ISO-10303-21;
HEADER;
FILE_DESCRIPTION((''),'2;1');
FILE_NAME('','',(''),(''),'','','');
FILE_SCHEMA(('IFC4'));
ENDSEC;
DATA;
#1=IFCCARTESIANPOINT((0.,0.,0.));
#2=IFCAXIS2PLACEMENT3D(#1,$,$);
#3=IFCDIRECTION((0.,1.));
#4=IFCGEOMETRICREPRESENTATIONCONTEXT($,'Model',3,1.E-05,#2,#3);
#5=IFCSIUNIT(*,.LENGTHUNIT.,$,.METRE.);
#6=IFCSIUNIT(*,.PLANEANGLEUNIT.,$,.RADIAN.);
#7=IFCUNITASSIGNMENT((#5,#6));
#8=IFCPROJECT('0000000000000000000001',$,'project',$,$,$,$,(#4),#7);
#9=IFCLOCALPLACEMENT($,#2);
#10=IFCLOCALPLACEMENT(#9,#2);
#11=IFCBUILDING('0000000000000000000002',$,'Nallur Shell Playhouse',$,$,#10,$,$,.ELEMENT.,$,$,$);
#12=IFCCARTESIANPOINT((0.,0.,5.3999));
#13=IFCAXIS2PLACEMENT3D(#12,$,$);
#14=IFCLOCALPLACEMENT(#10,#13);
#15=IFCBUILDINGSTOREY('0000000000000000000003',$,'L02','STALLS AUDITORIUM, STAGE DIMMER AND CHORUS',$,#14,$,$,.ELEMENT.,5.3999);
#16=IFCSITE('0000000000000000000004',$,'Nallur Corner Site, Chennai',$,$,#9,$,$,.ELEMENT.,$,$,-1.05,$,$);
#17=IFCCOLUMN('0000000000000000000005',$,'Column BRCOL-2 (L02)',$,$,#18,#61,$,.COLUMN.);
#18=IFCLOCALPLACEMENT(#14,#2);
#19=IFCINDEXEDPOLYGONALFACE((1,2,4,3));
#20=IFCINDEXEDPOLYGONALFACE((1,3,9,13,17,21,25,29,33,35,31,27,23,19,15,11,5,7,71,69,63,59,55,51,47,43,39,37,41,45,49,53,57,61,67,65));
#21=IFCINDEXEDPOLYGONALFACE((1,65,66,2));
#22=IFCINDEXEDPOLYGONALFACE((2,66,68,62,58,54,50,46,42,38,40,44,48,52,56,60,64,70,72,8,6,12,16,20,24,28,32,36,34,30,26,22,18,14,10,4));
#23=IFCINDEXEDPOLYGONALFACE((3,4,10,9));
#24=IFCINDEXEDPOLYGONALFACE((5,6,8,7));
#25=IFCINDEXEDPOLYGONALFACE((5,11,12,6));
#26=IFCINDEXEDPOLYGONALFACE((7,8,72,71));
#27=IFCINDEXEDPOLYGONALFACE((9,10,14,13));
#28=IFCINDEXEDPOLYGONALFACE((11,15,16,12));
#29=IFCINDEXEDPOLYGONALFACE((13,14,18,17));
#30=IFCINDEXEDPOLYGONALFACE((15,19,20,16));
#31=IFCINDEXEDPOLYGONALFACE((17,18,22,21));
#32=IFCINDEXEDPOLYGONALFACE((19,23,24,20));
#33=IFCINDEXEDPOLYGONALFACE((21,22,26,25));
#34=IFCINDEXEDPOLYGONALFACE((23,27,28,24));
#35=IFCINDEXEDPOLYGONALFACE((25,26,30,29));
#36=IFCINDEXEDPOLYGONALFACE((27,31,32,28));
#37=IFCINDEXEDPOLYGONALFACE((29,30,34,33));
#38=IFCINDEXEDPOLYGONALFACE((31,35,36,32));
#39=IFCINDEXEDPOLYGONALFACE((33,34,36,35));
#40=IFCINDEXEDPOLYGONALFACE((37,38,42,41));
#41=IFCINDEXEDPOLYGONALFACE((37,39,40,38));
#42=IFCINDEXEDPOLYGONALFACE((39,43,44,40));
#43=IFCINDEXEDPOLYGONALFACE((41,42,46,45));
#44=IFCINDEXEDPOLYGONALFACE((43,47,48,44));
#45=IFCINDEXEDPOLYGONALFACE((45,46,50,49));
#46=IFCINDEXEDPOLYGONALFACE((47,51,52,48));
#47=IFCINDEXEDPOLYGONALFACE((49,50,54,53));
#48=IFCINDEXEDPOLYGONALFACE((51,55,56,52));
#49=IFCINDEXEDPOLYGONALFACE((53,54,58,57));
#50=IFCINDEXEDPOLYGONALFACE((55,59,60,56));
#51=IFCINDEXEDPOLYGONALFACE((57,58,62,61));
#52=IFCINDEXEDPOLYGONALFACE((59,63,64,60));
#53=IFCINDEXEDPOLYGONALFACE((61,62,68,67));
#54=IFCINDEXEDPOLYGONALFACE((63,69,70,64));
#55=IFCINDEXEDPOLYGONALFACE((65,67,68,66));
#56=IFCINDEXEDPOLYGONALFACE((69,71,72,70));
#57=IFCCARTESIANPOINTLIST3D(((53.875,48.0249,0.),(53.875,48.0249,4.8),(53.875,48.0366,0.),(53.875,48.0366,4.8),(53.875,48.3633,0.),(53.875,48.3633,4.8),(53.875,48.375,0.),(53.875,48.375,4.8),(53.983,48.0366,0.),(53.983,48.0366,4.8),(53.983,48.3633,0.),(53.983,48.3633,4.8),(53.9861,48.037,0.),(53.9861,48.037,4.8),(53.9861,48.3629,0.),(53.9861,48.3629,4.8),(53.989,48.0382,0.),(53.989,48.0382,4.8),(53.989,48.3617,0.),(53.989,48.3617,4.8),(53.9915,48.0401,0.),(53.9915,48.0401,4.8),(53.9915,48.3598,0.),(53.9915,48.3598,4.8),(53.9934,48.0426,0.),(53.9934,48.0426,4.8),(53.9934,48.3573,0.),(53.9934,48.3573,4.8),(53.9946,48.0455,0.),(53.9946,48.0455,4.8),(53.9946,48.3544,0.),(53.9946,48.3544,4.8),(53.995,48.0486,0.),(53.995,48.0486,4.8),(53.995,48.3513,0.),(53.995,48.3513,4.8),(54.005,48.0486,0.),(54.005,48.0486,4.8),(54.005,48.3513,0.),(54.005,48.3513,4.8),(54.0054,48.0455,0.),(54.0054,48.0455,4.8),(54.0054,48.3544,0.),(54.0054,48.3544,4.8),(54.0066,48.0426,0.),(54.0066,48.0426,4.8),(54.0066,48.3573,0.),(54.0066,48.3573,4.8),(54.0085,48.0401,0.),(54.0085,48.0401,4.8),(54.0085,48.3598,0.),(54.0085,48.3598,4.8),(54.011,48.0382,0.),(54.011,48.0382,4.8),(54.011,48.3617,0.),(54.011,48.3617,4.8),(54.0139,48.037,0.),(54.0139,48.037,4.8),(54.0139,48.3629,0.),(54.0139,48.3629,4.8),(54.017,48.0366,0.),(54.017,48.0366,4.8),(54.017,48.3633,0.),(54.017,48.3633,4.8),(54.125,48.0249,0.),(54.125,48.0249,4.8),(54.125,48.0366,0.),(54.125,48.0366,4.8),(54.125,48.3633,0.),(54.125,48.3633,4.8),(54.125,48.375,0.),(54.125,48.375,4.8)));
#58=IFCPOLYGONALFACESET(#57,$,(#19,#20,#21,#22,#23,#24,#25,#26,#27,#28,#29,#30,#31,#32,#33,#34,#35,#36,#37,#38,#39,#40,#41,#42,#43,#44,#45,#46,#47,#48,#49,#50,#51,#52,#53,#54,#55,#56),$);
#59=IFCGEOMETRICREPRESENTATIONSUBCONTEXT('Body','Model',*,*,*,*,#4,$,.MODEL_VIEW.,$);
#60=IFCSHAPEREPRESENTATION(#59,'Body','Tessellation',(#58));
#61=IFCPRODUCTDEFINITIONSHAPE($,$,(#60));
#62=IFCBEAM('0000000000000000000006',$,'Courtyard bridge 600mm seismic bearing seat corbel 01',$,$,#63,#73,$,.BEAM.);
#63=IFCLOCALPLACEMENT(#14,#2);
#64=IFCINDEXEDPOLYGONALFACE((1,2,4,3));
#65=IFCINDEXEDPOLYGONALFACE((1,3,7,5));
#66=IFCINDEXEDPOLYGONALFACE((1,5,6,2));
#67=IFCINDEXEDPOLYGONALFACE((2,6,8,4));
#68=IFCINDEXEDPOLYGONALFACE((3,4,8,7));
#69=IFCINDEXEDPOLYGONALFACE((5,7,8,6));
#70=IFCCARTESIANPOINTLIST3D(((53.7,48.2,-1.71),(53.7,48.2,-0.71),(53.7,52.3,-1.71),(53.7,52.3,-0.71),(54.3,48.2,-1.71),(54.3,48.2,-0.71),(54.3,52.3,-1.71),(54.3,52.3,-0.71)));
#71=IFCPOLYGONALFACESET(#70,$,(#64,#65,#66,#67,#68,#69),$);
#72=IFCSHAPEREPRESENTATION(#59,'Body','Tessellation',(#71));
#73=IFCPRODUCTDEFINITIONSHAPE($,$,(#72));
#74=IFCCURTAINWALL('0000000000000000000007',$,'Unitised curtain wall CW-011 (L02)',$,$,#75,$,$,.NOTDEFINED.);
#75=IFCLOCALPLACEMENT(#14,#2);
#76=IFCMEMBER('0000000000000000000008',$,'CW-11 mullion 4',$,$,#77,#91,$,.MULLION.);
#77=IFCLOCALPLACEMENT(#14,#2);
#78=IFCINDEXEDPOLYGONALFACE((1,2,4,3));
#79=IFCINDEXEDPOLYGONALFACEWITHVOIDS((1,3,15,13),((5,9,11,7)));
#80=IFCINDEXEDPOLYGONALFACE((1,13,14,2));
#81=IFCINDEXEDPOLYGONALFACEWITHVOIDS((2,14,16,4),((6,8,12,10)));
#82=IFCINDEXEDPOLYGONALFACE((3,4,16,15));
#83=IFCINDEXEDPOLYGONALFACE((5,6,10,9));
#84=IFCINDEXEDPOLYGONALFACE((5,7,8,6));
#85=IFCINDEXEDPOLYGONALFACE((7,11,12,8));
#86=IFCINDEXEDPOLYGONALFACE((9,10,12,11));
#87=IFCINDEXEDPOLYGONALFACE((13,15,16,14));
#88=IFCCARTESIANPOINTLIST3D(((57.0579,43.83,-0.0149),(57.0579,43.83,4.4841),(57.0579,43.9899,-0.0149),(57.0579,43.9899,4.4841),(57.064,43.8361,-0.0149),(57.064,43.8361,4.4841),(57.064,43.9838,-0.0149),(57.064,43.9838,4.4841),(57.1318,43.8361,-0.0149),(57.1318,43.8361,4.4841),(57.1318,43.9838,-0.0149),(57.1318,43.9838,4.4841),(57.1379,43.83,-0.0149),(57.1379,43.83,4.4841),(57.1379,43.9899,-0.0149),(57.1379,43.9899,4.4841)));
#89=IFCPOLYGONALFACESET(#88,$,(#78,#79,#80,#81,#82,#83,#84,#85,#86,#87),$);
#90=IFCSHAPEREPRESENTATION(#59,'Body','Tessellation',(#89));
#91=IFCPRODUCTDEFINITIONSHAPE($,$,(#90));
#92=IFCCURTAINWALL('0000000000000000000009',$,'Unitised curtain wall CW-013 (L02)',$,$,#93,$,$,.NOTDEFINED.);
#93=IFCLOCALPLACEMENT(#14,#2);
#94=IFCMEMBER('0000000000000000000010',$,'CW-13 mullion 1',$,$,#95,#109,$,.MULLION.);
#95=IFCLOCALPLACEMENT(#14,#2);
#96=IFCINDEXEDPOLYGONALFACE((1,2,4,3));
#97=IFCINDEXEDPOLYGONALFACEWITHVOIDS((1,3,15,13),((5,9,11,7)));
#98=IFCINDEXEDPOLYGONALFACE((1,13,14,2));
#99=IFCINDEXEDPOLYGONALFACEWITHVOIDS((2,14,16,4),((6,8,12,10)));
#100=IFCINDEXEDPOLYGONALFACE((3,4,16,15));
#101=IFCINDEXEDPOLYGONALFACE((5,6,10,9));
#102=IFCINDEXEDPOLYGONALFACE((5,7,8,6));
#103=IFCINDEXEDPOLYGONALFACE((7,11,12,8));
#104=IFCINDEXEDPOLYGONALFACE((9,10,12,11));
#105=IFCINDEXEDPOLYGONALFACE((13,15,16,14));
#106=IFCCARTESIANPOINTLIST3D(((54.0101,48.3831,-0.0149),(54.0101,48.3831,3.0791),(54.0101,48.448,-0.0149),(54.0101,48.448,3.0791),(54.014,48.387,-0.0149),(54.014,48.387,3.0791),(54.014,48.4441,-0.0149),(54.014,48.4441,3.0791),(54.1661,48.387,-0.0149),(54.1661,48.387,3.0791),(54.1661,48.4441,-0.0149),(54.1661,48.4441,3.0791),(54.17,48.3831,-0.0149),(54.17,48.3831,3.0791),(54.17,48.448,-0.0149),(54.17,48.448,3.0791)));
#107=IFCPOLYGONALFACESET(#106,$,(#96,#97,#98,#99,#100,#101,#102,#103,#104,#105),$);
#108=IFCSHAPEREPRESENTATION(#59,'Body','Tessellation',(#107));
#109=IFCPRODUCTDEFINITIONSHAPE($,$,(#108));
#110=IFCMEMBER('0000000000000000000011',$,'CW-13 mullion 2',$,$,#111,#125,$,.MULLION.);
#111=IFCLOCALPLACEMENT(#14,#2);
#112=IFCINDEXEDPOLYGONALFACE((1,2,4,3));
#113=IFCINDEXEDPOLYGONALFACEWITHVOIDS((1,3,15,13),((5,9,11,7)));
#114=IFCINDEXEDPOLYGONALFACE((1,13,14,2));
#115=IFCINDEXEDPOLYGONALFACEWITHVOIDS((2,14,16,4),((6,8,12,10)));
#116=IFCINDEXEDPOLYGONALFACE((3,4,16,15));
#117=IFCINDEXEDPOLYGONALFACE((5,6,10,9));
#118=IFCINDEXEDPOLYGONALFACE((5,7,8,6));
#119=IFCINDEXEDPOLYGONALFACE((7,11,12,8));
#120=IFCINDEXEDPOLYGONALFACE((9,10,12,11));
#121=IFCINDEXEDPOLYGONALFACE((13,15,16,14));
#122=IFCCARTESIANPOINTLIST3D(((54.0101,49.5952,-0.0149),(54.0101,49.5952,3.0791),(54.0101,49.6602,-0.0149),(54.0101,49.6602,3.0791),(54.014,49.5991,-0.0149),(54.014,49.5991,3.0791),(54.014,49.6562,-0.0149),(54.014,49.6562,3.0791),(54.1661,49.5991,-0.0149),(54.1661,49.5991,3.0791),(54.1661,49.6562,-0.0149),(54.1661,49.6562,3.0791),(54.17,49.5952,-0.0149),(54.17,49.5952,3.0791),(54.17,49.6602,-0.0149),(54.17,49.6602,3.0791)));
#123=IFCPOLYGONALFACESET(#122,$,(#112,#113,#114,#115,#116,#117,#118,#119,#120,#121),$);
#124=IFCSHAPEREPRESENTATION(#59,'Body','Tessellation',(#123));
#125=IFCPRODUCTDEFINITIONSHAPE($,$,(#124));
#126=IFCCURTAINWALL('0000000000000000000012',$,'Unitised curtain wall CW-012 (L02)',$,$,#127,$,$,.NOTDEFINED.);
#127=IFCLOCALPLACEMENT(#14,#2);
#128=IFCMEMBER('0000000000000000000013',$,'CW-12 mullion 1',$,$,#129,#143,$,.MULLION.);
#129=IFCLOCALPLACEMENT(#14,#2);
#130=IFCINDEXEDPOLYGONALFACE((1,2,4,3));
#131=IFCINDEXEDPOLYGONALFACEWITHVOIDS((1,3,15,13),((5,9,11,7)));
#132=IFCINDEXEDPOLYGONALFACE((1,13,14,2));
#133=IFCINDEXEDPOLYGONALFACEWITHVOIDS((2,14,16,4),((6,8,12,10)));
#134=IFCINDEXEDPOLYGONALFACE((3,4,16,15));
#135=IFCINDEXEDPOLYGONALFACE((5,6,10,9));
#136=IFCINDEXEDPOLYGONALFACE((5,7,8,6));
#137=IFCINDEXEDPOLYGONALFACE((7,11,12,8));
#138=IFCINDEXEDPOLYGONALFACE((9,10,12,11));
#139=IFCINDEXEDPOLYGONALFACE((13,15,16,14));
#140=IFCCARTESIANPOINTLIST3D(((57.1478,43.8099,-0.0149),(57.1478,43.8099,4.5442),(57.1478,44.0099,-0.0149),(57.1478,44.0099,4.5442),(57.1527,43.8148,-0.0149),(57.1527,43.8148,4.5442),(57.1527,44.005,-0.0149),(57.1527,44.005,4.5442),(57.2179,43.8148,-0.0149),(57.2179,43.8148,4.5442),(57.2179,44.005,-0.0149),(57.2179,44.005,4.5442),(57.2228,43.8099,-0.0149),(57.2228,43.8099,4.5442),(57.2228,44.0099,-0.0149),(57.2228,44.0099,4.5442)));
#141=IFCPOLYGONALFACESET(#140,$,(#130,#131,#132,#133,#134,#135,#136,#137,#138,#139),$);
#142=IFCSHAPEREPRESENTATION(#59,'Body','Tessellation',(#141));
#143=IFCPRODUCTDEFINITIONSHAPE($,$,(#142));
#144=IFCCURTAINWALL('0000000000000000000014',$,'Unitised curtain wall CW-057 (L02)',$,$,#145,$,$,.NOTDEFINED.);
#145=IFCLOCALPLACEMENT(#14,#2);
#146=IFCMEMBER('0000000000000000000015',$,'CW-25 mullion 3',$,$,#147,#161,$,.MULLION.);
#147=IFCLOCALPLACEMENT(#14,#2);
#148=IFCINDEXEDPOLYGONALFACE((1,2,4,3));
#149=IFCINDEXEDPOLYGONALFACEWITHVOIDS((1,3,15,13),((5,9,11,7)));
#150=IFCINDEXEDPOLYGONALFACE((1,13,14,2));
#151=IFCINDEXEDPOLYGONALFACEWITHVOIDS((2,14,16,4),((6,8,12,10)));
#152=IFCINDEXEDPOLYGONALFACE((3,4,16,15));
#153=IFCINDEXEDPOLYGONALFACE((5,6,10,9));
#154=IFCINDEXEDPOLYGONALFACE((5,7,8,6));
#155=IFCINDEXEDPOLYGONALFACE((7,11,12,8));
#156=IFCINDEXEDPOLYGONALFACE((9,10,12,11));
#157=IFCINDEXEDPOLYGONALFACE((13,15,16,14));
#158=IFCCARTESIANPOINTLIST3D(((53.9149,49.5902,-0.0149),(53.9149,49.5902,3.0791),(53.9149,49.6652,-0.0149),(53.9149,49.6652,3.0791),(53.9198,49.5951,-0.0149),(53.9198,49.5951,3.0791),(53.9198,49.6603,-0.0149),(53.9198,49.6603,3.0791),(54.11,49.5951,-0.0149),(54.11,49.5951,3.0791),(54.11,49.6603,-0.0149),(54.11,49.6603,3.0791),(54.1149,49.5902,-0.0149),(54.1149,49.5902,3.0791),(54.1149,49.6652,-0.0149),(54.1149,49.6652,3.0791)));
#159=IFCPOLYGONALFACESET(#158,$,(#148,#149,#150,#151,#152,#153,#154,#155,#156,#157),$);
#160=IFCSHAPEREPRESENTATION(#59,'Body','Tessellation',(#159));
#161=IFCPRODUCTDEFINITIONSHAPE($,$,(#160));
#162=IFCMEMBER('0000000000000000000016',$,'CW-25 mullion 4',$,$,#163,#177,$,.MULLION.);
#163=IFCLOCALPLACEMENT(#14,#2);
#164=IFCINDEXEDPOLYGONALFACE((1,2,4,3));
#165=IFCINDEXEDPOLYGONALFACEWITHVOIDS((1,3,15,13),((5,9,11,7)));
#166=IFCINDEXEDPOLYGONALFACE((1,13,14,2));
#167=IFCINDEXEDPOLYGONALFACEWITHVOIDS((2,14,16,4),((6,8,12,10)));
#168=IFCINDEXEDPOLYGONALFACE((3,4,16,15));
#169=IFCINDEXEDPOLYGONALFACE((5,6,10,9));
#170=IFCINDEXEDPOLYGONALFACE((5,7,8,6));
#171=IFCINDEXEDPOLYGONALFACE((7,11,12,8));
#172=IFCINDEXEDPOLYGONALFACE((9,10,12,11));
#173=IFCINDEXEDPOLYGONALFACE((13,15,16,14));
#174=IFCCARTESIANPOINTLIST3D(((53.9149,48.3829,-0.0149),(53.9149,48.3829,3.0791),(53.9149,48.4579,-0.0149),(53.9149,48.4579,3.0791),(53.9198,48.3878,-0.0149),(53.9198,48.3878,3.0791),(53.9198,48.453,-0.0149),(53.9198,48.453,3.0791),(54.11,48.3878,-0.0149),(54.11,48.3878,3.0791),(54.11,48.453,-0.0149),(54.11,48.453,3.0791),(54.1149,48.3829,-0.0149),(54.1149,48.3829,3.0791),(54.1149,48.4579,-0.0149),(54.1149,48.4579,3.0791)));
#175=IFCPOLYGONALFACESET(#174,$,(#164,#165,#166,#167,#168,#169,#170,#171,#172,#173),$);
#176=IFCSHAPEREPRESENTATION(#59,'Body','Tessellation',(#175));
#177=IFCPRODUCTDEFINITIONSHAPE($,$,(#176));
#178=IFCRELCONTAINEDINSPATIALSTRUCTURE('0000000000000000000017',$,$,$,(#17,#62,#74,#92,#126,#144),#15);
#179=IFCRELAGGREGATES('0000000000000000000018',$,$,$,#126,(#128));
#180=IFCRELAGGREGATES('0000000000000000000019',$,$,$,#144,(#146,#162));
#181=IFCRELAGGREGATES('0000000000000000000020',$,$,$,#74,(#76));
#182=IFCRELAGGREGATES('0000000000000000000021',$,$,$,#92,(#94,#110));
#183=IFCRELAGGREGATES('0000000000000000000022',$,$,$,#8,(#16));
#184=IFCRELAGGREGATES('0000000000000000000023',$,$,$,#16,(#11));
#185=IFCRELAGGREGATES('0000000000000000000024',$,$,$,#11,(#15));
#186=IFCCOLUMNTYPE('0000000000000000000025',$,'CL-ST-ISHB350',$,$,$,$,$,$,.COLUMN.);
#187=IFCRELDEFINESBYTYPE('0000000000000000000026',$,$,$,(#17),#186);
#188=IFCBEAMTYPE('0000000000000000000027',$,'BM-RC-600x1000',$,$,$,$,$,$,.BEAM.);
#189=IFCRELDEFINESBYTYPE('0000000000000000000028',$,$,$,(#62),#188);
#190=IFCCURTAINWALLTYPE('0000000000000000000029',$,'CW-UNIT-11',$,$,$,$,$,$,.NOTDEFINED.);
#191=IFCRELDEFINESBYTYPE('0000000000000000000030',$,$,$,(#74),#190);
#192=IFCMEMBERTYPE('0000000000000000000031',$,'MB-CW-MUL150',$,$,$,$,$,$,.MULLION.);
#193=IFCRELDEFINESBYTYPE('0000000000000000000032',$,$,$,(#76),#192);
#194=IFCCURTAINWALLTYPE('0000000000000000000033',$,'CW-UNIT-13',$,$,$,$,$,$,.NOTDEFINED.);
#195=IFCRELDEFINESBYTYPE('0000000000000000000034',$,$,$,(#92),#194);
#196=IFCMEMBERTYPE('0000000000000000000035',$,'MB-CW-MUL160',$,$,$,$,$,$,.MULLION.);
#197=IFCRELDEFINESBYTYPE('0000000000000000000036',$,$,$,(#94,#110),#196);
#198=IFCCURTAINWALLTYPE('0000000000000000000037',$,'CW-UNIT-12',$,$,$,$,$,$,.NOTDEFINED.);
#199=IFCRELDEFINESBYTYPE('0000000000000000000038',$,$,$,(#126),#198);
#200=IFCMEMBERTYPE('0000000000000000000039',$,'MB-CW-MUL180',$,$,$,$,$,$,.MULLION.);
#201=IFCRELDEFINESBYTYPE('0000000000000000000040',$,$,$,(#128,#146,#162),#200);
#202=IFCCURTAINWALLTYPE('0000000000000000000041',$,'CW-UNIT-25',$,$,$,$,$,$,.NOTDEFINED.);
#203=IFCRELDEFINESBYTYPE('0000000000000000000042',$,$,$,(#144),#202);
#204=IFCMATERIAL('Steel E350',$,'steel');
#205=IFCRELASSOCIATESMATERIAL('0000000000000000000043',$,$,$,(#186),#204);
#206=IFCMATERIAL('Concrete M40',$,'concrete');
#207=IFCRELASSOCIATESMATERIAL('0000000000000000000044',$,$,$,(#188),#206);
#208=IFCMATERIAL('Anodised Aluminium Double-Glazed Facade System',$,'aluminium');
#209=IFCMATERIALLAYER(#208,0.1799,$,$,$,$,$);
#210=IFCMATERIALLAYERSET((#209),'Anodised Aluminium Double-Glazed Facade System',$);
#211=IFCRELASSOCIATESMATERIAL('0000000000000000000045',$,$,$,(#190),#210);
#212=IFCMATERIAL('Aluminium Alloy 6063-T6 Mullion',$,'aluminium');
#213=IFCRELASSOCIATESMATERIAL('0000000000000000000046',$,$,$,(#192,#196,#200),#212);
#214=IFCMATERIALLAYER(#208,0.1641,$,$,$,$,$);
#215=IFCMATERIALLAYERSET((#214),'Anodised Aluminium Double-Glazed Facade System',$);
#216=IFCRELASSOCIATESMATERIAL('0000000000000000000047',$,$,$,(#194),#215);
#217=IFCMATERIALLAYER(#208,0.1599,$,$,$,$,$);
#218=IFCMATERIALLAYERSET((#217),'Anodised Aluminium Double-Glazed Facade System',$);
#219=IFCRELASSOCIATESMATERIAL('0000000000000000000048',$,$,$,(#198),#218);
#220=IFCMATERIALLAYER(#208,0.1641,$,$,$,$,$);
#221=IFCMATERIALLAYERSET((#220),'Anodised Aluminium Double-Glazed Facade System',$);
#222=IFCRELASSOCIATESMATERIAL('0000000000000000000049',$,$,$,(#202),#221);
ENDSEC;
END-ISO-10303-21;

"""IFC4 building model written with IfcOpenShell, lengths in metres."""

from ifc_helpers import new_model, si_unit, direction, frame, origin, origin_2d, place, context, subcontext, project, spatial, rectangle, hollow_rectangle, i_section, extrude, material, layer, layer_set, material_profile, profile_set, type_object, element, aggregate, save


model = new_model("IFC4")

# Units and contexts
model_context = context("Model", 3, precision=1e-05, world=origin(), true_north=direction((0.0, 1.0)))
body_context = subcontext(model_context, "Body", "Model", "MODEL_VIEW")
ifc_project = project(units=[si_unit("LENGTHUNIT", "METRE"), si_unit("PLANEANGLEUNIT", "RADIAN")], contexts=[model_context])

# Site, building, storey
site_placement = place(None, origin())
site = spatial("IfcSite", under=ifc_project, at=site_placement, Name="Nallur Corner Site, Chennai", CompositionType="ELEMENT", RefElevation=-1.05)
building_placement = place(site_placement, origin())
building = spatial("IfcBuilding", under=site, at=building_placement, Name="Nallur Shell Playhouse", CompositionType="ELEMENT")
storey_placement = place(building_placement, frame((0.0, 0.0, 5.3999)))
storey = spatial("IfcBuildingStorey", under=building, at=storey_placement, Name="L02", Description="STALLS AUDITORIUM, STAGE DIMMER AND CHORUS", CompositionType="ELEMENT", Elevation=5.3999)

# Column
ifc_material_1 = material(Name="Steel E350", Category="steel")
ifc_material_profile_1 = material_profile(ifc_material_1, i_section(OverallWidth=0.25, OverallDepth=0.3501, WebThickness=0.01, FlangeThickness=0.0117, FilletRadius=0.012, at=origin_2d()), Name="ISHB 350")
ifc_profile_set_1 = profile_set([ifc_material_profile_1], Name="Steel E350")
column_type = type_object("IfcColumnType", Name="CL-ST-ISHB350", PredefinedType="COLUMN", material=ifc_profile_set_1)
column_placement = place(storey_placement, frame((54.0, 48.2, 0.0), z_axis=(0.0, 0.0, 1.0), x_axis=(1.0, 0.0, 0.0)))
element("IfcColumn", 1, at=column_placement, inside=storey, type_object=column_type, Name="Column BRCOL-2 (L02)", PredefinedType="COLUMN", context=body_context, shape_type="SweptSolid", body=[
    extrude(i_section(OverallWidth=0.25, OverallDepth=0.3501, WebThickness=0.01, FlangeThickness=0.0117, FilletRadius=0.012, at=origin_2d()), origin(), (0.0, 0.0, 1.0), 4.8),
])

# Beam
ifc_material_2 = material(Name="Concrete M40", Category="concrete")
ifc_material_profile_2 = material_profile(ifc_material_2, rectangle(XDim=0.6001, YDim=1.0, at=origin_2d()), Name="RC 600x1000")
ifc_profile_set_2 = profile_set([ifc_material_profile_2], Name="Concrete M40")
beam_type = type_object("IfcBeamType", Name="BM-RC-600x1000", PredefinedType="BEAM", material=ifc_profile_set_2)
beam_placement = place(storey_placement, frame((54.0, 48.2, -1.21), z_axis=(0.0, 1.0, 0.0), x_axis=(-1.0, 0.0, 0.0)))
element("IfcBeam", 2, at=beam_placement, inside=storey, type_object=beam_type, Name="Courtyard bridge 600mm seismic bearing seat corbel 01", PredefinedType="BEAM", context=body_context, shape_type="SweptSolid", body=[
    extrude(rectangle(XDim=0.6001, YDim=1.0, at=origin_2d()), origin(), (0.0, 0.0, 1.0), 4.1001),
])

# Curtain wall, member
ifc_material_3 = material(Name="Anodised Aluminium Double-Glazed Facade System", Category="aluminium")
ifc_layer_1 = layer(ifc_material_3, 0.1799)
ifc_layer_set_1 = layer_set([ifc_layer_1], Name="Anodised Aluminium Double-Glazed Facade System")
curtain_wall_type_1 = type_object("IfcCurtainWallType", Name="CW-UNIT-11", PredefinedType="NOTDEFINED", material=ifc_layer_set_1)
curtain_wall_1_placement = place(storey_placement, origin())
curtain_wall_1 = element("IfcCurtainWall", 3, at=curtain_wall_1_placement, inside=storey, type_object=curtain_wall_type_1, Name="Unitised curtain wall CW-011 (L02)", PredefinedType="NOTDEFINED")
ifc_material_4 = material(Name="Aluminium Alloy 6063-T6 Mullion", Category="aluminium")
ifc_material_profile_3 = material_profile(ifc_material_4, hollow_rectangle(XDim=0.0801, YDim=0.1599, WallThickness=0.0061, at=origin_2d()), Name="RHS 160x80x6")
ifc_profile_set_3 = profile_set([ifc_material_profile_3], Name="Aluminium Alloy 6063-T6 Mullion")
member_type_1 = type_object("IfcMemberType", Name="MB-CW-MUL150", PredefinedType="MULLION", material=ifc_profile_set_3)
member_1_placement = place(storey_placement, frame((57.0979, 43.9099, -0.0149), z_axis=(0.0, 0.0, 1.0), x_axis=(1.0, 0.0, 0.0)))
member_1 = element("IfcMember", 4, at=member_1_placement, type_object=member_type_1, Name="CW-11 mullion 4", PredefinedType="MULLION", context=body_context, shape_type="SweptSolid", body=[
    extrude(hollow_rectangle(XDim=0.0801, YDim=0.1599, WallThickness=0.0061, at=origin_2d()), origin(), (0.0, 0.0, 1.0), 4.499),
])

# Curtain wall, members
ifc_layer_2 = layer(ifc_material_3, 0.1641)
ifc_layer_set_2 = layer_set([ifc_layer_2], Name="Anodised Aluminium Double-Glazed Facade System")
curtain_wall_type_2 = type_object("IfcCurtainWallType", Name="CW-UNIT-13", PredefinedType="NOTDEFINED", material=ifc_layer_set_2)
curtain_wall_2_placement = place(storey_placement, origin())
curtain_wall_2 = element("IfcCurtainWall", 5, at=curtain_wall_2_placement, inside=storey, type_object=curtain_wall_type_2, Name="Unitised curtain wall CW-013 (L02)", PredefinedType="NOTDEFINED")
ifc_material_profile_4 = material_profile(ifc_material_4, hollow_rectangle(XDim=0.0649, YDim=0.1599, WallThickness=0.0039, at=origin_2d()), Name="ALU 65x160x4")
ifc_profile_set_4 = profile_set([ifc_material_profile_4], Name="Aluminium Alloy 6063-T6 Mullion")
member_type_2 = type_object("IfcMemberType", Name="MB-CW-MUL160", PredefinedType="MULLION", material=ifc_profile_set_4)
member_2_placement = place(storey_placement, frame((54.0901, 48.4155, -0.0149), z_axis=(0.0, 0.0, 1.0), x_axis=(0.0, 1.0, 0.0)))
member_2 = element("IfcMember", 6, at=member_2_placement, type_object=member_type_2, Name="CW-13 mullion 1", PredefinedType="MULLION", context=body_context, shape_type="SweptSolid", body=[
    extrude(hollow_rectangle(XDim=0.0649, YDim=0.1599, WallThickness=0.0039, at=origin_2d()), origin(), (0.0, 0.0, 1.0), 3.094),
])
member_3_placement = place(storey_placement, frame((54.0901, 49.6277, -0.0149), z_axis=(0.0, 0.0, 1.0), x_axis=(0.0, 1.0, 0.0)))
member_3 = element("IfcMember", 7, at=member_3_placement, type_object=member_type_2, Name="CW-13 mullion 2", PredefinedType="MULLION", context=body_context, shape_type="SweptSolid", body=[
    extrude(hollow_rectangle(XDim=0.0649, YDim=0.1599, WallThickness=0.0039, at=origin_2d()), origin(), (0.0, 0.0, 1.0), 3.094),
])

# Curtain wall, member
ifc_layer_3 = layer(ifc_material_3, 0.1599)
ifc_layer_set_3 = layer_set([ifc_layer_3], Name="Anodised Aluminium Double-Glazed Facade System")
curtain_wall_type_3 = type_object("IfcCurtainWallType", Name="CW-UNIT-12", PredefinedType="NOTDEFINED", material=ifc_layer_set_3)
curtain_wall_3_placement = place(storey_placement, origin())
curtain_wall_3 = element("IfcCurtainWall", 8, at=curtain_wall_3_placement, inside=storey, type_object=curtain_wall_type_3, Name="Unitised curtain wall CW-012 (L02)", PredefinedType="NOTDEFINED")
ifc_material_profile_5 = material_profile(ifc_material_4, hollow_rectangle(XDim=0.075, YDim=0.2, WallThickness=0.0049, at=origin_2d()), Name="ALU 75x200x5")
ifc_profile_set_5 = profile_set([ifc_material_profile_5], Name="Aluminium Alloy 6063-T6 Mullion")
member_type_3 = type_object("IfcMemberType", Name="MB-CW-MUL180", PredefinedType="MULLION", material=ifc_profile_set_5)
member_4_placement = place(storey_placement, frame((57.1853, 43.9099, -0.0149), z_axis=(0.0, 0.0, 1.0), x_axis=(1.0, 0.0, 0.0)))
member_4 = element("IfcMember", 9, at=member_4_placement, type_object=member_type_3, Name="CW-12 mullion 1", PredefinedType="MULLION", context=body_context, shape_type="SweptSolid", body=[
    extrude(hollow_rectangle(XDim=0.075, YDim=0.2, WallThickness=0.0049, at=origin_2d()), origin(), (0.0, 0.0, 1.0), 4.5591),
])

# Curtain wall, members
ifc_layer_4 = layer(ifc_material_3, 0.1641)
ifc_layer_set_4 = layer_set([ifc_layer_4], Name="Anodised Aluminium Double-Glazed Facade System")
curtain_wall_type_4 = type_object("IfcCurtainWallType", Name="CW-UNIT-25", PredefinedType="NOTDEFINED", material=ifc_layer_set_4)
curtain_wall_4_placement = place(storey_placement, origin())
curtain_wall_4 = element("IfcCurtainWall", 10, at=curtain_wall_4_placement, inside=storey, type_object=curtain_wall_type_4, Name="Unitised curtain wall CW-057 (L02)", PredefinedType="NOTDEFINED")
member_5_placement = place(storey_placement, frame((54.0149, 49.6277, -0.0149), z_axis=(0.0, 0.0, 1.0), x_axis=(0.0, -1.0, 0.0)))
member_5 = element("IfcMember", 11, at=member_5_placement, type_object=member_type_3, Name="CW-25 mullion 3", PredefinedType="MULLION", context=body_context, shape_type="SweptSolid", body=[
    extrude(hollow_rectangle(XDim=0.075, YDim=0.2, WallThickness=0.0049, at=origin_2d()), origin(), (0.0, 0.0, 1.0), 3.094),
])
member_6_placement = place(storey_placement, frame((54.0149, 48.4204, -0.0149), z_axis=(0.0, 0.0, 1.0), x_axis=(0.0, -1.0, 0.0)))
member_6 = element("IfcMember", 12, at=member_6_placement, type_object=member_type_3, Name="CW-25 mullion 4", PredefinedType="MULLION", context=body_context, shape_type="SweptSolid", body=[
    extrude(hollow_rectangle(XDim=0.075, YDim=0.2, WallThickness=0.0049, at=origin_2d()), origin(), (0.0, 0.0, 1.0), 3.094),
])

aggregate(curtain_wall_3, [member_4])

aggregate(curtain_wall_4, [member_5, member_6])
aggregate(curtain_wall_1, [member_1])
aggregate(curtain_wall_2, [member_2, member_3])

save(model, "model.ifc")
